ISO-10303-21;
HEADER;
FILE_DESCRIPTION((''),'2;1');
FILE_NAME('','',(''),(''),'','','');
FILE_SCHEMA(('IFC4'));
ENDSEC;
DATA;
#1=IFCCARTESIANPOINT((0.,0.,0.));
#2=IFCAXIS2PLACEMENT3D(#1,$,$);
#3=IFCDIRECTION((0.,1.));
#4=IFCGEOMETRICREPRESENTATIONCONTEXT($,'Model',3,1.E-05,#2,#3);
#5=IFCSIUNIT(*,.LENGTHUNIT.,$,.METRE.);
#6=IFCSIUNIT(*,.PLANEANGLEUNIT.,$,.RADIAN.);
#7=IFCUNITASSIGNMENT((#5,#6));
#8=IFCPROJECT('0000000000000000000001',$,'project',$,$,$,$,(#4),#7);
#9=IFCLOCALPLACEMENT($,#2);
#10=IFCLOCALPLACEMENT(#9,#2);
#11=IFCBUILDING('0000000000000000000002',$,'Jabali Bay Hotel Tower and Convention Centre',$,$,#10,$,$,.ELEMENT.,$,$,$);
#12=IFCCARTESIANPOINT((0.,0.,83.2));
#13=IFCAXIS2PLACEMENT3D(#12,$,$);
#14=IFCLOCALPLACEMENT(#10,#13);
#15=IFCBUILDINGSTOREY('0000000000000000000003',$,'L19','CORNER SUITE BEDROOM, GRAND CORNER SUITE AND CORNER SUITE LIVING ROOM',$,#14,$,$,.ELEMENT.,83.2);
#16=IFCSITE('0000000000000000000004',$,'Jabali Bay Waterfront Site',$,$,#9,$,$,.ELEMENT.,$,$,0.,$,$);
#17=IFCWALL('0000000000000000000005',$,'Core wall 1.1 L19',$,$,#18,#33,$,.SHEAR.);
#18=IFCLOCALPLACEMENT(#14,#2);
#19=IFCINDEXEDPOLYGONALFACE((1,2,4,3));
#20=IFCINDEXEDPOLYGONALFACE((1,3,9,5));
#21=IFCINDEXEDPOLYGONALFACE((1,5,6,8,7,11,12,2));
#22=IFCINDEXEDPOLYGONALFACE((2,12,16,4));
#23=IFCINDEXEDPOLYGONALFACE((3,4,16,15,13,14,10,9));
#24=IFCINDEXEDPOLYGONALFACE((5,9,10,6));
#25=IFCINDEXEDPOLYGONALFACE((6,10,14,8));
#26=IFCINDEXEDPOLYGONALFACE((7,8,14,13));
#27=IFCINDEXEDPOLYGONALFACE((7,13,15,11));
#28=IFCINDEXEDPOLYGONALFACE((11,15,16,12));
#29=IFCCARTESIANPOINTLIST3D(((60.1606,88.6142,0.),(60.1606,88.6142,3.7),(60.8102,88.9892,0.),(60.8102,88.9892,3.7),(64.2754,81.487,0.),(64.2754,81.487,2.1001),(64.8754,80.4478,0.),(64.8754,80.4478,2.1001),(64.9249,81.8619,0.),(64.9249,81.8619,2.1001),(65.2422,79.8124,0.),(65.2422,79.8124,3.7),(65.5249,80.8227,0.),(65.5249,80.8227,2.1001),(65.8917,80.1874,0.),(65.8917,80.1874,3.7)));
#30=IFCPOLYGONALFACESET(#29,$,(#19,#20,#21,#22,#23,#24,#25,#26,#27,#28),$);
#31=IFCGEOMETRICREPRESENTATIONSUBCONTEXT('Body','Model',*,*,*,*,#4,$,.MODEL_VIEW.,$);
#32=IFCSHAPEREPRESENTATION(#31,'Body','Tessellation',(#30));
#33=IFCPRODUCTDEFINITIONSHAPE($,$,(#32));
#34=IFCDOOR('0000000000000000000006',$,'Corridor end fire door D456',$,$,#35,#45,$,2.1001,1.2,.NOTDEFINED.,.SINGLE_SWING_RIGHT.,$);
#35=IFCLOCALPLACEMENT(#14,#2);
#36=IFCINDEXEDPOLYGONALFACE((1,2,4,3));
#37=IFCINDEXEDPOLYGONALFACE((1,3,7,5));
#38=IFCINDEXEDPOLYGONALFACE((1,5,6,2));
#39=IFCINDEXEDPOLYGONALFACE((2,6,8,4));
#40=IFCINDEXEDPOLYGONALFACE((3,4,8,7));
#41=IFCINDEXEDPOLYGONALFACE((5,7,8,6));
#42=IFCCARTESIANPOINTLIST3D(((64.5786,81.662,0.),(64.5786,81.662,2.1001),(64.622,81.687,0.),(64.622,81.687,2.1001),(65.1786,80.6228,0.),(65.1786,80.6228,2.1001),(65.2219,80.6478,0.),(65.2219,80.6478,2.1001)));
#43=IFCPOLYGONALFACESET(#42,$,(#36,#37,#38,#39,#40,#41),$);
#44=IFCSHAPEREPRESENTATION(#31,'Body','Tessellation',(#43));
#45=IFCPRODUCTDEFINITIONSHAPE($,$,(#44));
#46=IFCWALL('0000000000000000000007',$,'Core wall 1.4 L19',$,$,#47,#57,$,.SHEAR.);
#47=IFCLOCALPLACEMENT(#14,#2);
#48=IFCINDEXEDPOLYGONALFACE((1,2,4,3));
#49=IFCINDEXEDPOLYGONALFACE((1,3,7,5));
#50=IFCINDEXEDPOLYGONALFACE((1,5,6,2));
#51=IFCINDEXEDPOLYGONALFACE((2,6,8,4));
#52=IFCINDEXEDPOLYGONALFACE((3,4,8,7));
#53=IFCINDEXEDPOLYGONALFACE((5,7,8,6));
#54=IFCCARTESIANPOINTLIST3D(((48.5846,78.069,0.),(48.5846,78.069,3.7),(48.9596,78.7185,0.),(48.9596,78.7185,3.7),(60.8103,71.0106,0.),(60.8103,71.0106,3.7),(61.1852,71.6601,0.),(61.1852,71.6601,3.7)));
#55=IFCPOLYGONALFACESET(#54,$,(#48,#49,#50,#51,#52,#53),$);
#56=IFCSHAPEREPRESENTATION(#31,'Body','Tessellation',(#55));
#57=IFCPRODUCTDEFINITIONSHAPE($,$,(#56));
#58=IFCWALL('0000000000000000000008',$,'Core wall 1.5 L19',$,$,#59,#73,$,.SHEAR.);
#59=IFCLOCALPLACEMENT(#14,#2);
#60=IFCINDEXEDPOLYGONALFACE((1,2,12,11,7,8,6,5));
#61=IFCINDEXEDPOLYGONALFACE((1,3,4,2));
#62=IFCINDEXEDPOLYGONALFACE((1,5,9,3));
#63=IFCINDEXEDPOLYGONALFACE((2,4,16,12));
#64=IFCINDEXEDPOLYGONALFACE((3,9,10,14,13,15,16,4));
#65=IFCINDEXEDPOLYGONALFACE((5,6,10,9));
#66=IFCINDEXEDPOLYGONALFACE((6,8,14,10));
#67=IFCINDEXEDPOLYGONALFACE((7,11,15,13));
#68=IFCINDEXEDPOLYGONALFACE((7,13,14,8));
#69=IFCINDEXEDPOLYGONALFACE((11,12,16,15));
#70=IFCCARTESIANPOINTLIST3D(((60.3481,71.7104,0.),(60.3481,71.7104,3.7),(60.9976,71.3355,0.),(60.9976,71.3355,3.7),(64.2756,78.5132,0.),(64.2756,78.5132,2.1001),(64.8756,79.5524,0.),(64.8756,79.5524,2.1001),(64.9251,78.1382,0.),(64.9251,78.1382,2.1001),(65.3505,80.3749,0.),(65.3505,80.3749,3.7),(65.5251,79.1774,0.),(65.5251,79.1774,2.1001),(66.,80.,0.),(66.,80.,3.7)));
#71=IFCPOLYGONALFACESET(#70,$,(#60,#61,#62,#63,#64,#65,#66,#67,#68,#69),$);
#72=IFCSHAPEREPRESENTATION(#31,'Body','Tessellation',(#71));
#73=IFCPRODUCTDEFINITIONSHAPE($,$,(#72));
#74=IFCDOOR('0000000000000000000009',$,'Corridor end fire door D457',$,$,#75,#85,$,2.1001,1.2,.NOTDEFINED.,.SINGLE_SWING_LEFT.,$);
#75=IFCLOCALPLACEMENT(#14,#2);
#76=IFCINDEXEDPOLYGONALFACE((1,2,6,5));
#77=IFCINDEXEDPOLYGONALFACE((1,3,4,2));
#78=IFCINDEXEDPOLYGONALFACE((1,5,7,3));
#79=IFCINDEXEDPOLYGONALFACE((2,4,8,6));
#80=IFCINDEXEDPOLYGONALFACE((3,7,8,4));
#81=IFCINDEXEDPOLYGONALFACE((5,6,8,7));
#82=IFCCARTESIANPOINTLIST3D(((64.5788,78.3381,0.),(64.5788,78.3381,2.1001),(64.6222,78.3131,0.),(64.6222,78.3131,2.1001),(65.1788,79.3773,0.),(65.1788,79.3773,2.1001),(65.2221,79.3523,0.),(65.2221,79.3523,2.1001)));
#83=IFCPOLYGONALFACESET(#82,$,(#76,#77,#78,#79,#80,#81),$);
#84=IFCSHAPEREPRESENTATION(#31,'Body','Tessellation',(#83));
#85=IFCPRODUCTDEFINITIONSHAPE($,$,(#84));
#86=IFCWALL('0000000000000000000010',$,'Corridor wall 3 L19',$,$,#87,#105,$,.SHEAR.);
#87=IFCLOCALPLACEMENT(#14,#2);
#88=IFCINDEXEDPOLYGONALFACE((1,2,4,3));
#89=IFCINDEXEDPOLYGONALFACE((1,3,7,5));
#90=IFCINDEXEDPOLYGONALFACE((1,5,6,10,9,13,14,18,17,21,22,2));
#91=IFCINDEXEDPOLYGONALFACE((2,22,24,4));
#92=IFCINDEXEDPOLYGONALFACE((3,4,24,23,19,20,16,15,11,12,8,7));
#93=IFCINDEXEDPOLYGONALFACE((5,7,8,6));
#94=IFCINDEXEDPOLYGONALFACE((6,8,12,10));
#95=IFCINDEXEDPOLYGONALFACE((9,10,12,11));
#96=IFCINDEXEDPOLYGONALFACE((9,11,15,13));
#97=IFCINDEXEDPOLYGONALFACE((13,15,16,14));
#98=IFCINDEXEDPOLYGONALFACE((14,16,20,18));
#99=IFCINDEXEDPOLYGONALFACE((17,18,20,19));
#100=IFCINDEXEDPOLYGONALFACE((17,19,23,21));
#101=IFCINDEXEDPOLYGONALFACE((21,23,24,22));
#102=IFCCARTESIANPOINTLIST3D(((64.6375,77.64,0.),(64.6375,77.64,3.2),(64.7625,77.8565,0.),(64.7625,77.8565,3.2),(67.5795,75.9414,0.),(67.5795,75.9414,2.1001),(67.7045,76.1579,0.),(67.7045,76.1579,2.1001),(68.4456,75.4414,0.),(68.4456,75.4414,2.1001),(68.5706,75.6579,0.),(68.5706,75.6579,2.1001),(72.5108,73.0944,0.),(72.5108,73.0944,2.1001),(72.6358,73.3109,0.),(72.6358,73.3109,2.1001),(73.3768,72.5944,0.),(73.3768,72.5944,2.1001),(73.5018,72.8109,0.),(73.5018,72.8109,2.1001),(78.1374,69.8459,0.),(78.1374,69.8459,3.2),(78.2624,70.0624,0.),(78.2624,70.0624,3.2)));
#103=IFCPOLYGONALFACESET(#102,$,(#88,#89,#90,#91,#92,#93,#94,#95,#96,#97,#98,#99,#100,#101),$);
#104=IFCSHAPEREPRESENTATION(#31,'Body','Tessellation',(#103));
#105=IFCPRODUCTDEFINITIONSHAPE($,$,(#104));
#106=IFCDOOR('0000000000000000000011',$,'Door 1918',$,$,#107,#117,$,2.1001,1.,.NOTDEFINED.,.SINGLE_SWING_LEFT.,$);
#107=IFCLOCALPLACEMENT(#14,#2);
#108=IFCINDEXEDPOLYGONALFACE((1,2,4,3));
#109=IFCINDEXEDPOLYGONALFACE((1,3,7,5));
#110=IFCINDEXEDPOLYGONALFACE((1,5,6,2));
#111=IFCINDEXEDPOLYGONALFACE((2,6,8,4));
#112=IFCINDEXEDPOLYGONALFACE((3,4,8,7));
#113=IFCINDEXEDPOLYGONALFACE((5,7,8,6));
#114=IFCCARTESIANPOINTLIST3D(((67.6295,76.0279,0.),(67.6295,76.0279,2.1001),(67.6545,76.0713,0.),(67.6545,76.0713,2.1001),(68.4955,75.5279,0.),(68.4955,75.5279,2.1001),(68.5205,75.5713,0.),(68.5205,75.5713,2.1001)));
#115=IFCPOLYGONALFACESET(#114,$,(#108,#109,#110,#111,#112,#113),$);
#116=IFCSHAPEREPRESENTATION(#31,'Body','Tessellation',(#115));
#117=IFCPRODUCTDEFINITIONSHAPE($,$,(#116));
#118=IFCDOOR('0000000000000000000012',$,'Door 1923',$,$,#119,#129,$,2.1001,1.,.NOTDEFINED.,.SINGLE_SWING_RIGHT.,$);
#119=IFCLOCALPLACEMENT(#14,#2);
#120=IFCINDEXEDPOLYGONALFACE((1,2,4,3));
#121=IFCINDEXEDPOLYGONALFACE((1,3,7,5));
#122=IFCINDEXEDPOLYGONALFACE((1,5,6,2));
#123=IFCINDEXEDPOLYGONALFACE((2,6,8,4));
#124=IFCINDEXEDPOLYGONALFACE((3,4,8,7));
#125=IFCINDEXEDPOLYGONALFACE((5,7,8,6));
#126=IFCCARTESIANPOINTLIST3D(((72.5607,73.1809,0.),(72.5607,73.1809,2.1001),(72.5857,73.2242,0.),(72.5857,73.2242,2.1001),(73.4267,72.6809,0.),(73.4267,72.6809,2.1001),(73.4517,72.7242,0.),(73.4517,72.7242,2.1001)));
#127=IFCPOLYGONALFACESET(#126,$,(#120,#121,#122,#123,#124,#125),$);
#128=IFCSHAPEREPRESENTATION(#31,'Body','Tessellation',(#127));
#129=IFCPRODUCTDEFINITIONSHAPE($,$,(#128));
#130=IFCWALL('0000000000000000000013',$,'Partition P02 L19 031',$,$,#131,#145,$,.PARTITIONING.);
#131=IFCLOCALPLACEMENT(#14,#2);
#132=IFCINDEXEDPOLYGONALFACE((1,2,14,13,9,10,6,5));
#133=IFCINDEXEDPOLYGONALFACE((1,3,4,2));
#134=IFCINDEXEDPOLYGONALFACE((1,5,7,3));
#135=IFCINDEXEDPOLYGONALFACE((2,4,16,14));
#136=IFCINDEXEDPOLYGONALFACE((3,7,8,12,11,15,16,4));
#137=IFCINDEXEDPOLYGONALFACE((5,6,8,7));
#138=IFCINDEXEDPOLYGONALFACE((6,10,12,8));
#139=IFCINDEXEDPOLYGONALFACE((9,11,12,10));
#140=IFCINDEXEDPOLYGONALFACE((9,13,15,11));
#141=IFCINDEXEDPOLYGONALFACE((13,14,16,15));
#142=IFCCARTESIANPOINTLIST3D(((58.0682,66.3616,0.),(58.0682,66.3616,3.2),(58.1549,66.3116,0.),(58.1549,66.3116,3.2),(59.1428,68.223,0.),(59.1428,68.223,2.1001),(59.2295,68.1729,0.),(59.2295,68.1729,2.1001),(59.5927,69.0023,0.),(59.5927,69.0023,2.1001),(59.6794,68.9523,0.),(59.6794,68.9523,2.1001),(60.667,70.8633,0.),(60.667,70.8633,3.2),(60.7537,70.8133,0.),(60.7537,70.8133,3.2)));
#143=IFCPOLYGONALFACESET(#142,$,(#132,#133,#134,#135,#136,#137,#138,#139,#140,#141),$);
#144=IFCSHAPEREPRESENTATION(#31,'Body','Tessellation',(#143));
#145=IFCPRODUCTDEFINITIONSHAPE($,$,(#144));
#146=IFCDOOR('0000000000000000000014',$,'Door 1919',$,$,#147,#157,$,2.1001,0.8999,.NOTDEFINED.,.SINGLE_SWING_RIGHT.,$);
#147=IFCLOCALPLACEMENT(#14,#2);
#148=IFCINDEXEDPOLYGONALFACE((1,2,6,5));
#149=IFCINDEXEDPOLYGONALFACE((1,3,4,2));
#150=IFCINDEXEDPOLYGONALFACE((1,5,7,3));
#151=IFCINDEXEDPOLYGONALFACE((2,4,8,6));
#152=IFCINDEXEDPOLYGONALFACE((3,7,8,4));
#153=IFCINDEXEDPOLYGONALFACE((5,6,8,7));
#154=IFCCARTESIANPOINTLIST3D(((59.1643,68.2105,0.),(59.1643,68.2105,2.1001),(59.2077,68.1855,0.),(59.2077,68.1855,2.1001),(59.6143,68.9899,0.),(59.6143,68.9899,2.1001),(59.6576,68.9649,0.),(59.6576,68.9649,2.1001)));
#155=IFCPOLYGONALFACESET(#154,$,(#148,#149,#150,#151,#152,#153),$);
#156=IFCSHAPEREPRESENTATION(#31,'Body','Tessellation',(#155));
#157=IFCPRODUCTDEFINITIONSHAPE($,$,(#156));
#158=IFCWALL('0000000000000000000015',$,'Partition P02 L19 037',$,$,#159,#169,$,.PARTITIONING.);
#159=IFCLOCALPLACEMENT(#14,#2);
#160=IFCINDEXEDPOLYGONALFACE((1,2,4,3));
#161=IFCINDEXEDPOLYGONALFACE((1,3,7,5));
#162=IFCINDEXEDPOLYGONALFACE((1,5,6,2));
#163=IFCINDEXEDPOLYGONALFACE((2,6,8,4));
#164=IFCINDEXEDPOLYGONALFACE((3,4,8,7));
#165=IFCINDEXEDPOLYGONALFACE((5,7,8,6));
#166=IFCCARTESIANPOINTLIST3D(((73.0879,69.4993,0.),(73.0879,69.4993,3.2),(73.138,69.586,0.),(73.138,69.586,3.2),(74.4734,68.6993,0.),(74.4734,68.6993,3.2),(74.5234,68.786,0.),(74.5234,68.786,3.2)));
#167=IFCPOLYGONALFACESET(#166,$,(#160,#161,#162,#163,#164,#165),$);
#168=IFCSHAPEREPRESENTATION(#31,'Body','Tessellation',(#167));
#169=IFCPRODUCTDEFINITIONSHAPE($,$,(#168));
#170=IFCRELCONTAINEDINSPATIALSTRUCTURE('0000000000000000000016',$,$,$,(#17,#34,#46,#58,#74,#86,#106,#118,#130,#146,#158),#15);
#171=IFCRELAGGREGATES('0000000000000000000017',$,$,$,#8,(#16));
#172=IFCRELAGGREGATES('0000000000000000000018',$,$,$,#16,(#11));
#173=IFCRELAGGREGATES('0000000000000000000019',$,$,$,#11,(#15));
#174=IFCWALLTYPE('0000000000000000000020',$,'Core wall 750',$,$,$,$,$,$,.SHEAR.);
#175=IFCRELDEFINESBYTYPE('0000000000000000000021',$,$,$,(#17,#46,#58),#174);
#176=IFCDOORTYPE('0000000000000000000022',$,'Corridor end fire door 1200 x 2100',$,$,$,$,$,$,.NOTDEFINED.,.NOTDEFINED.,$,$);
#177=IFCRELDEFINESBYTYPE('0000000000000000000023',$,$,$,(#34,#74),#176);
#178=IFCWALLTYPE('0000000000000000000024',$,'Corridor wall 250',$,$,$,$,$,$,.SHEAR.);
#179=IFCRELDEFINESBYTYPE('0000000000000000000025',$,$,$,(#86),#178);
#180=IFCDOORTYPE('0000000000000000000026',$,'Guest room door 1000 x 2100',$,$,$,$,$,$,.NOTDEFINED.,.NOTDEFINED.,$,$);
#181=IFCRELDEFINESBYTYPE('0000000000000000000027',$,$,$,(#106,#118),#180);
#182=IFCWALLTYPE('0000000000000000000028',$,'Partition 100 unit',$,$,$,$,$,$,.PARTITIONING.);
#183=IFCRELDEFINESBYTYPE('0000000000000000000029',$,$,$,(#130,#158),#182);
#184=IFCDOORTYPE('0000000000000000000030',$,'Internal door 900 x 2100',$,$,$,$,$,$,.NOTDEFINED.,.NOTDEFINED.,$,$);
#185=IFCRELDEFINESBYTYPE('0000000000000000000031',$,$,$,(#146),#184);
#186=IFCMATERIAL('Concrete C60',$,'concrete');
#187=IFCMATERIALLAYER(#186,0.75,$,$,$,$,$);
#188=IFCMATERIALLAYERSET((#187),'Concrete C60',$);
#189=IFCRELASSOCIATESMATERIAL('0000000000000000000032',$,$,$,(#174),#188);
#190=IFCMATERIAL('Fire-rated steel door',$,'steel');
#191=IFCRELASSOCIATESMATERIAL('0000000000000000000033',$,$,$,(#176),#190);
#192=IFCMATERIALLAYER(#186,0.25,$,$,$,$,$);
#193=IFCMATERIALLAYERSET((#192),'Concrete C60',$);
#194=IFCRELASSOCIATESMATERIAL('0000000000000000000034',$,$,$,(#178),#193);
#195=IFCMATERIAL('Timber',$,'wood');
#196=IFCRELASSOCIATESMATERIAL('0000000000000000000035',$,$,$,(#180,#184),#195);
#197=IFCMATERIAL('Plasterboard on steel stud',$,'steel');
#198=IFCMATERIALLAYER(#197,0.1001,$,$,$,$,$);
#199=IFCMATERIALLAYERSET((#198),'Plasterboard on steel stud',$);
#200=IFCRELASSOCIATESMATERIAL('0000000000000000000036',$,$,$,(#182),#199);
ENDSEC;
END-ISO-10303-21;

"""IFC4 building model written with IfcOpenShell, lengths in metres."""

from ifc_helpers import new_model, si_unit, direction, frame, frame_2d, origin, place, context, subcontext, project, spatial, rectangle, extrude, material, layer, layer_set, type_object, element, fill, save


model = new_model("IFC4")

# Units and contexts
model_context = context("Model", 3, precision=1e-05, world=origin(), true_north=direction((0.0, 1.0)))
body_context = subcontext(model_context, "Body", "Model", "MODEL_VIEW")
ifc_project = project(units=[si_unit("LENGTHUNIT", "METRE"), si_unit("PLANEANGLEUNIT", "RADIAN")], contexts=[model_context])

# Site, building, storey
site_placement = place(None, origin())
site = spatial("IfcSite", under=ifc_project, at=site_placement, Name="Jabali Bay Waterfront Site", CompositionType="ELEMENT", RefElevation=0.0)
building_placement = place(site_placement, origin())
building = spatial("IfcBuilding", under=site, at=building_placement, Name="Jabali Bay Hotel Tower and Convention Centre", CompositionType="ELEMENT")
storey_placement = place(building_placement, frame((0.0, 0.0, 83.2)))
storey = spatial("IfcBuildingStorey", under=building, at=storey_placement, Name="L19", Description="CORNER SUITE BEDROOM, GRAND CORNER SUITE AND CORNER SUITE LIVING ROOM", CompositionType="ELEMENT", Elevation=83.2)

# Shared definitions
ifc_material_1 = material(Name="Fire-rated steel door", Category="steel")

# Wall, opening, door
ifc_material_2 = material(Name="Concrete C60", Category="concrete")
ifc_layer_1 = layer(ifc_material_2, 0.75)
ifc_layer_set_1 = layer_set([ifc_layer_1], Name="Concrete C60")
wall_type_1 = type_object("IfcWallType", Name="Core wall 750", PredefinedType="SHEAR", material=ifc_layer_set_1)
wall_1_placement = place(storey_placement, frame((65.5669, 80.0, 0.0), z_axis=(0.0, 0.0, 1.0), x_axis=(-0.499989, 0.866032, 0.0)))
wall_1 = element("IfcWall", 1, at=wall_1_placement, inside=storey, type_object=wall_type_1, Name="Core wall 1.1 L19", PredefinedType="SHEAR", context=body_context, shape_type="SweptSolid", body=[
    extrude(rectangle(XDim=10.1633, YDim=0.75, at=frame_2d((5.0815, 0.0))), origin(), (0.0, 0.0, 1.0), 3.7),
])
opening_1_placement = place(wall_1_placement, frame((0.7334, 0.0, 0.0)))
opening_1 = element("IfcOpeningElement", 2, at=opening_1_placement, cuts=wall_1, PredefinedType="OPENING", context=body_context, shape_type="SweptSolid", body=[
    extrude(rectangle(XDim=1.2, YDim=2.1001, at=frame_2d((0.6001, 1.05))), frame((0.0, 0.3855, 0.0), z_axis=(0.0, -1.0, 0.0), x_axis=(1.0, 0.0, 0.0)), (0.0, 0.0, 1.0), 0.771),
])
door_type_1 = type_object("IfcDoorType", Name="Corridor end fire door 1200 x 2100", OperationType="NOTDEFINED", PredefinedType="NOTDEFINED", material=ifc_material_1)
door_1_placement = place(opening_1_placement, origin())
door_1 = element("IfcDoor", 3, at=door_1_placement, inside=storey, type_object=door_type_1, Name="Corridor end fire door D456", OperationType="SINGLE_SWING_RIGHT", OverallHeight=2.1001, OverallWidth=1.2, PredefinedType="NOTDEFINED", context=body_context, shape_type="SweptSolid", body=[
    extrude(rectangle(XDim=1.2, YDim=2.1001, at=frame_2d((0.6001, 1.05))), frame((0.0, 0.0249, 0.0), z_axis=(0.0, -1.0, 0.0), x_axis=(1.0, 0.0, 0.0)), (0.0, 0.0, 1.0), 0.05),
])
fill(opening_1, door_1)

# Wall
wall_2_placement = place(storey_placement, frame((48.772, 78.3938, 0.0), z_axis=(0.0, 0.0, 1.0), x_axis=(0.866028, -0.499995, 0.0)))
element("IfcWall", 4, at=wall_2_placement, inside=storey, type_object=wall_type_1, Name="Core wall 1.4 L19", PredefinedType="SHEAR", context=body_context, shape_type="SweptSolid", body=[
    extrude(rectangle(XDim=14.1169, YDim=0.75, at=frame_2d((7.0586, 0.0))), origin(), (0.0, 0.0, 1.0), 3.7),
])

# Wall, opening, door
wall_3_placement = place(storey_placement, frame((60.6729, 71.5229, 0.0), z_axis=(0.0, 0.0, 1.0), x_axis=(0.499997, 0.866027, 0.0)))
wall_3 = element("IfcWall", 5, at=wall_3_placement, inside=storey, type_object=wall_type_1, Name="Core wall 1.5 L19", PredefinedType="SHEAR", context=body_context, shape_type="SweptSolid", body=[
    extrude(rectangle(XDim=10.0049, YDim=0.75, at=frame_2d((5.0024, 0.0))), origin(), (0.0, 0.0, 1.0), 3.7),
])
opening_2_placement = place(wall_3_placement, frame((7.855, 0.0, 0.0)))
opening_2 = element("IfcOpeningElement", 6, at=opening_2_placement, cuts=wall_3, PredefinedType="OPENING", context=body_context, shape_type="SweptSolid", body=[
    extrude(rectangle(XDim=1.2, YDim=2.1001, at=frame_2d((0.6001, 1.05))), frame((0.0, 0.3855, 0.0), z_axis=(0.0, -1.0, 0.0), x_axis=(1.0, 0.0, 0.0)), (0.0, 0.0, 1.0), 0.771),
])
door_2_placement = place(opening_2_placement, origin())
door_2 = element("IfcDoor", 7, at=door_2_placement, inside=storey, type_object=door_type_1, Name="Corridor end fire door D457", OperationType="SINGLE_SWING_LEFT", OverallHeight=2.1001, OverallWidth=1.2, PredefinedType="NOTDEFINED", context=body_context, shape_type="SweptSolid", body=[
    extrude(rectangle(XDim=1.2, YDim=2.1001, at=frame_2d((0.6001, 1.05))), frame((0.0, 0.0249, 0.0), z_axis=(0.0, -1.0, 0.0), x_axis=(1.0, 0.0, 0.0)), (0.0, 0.0, 1.0), 0.05),
])
fill(opening_2, door_2)

# Wall, openings, doors
ifc_layer_2 = layer(ifc_material_2, 0.25)
ifc_layer_set_2 = layer_set([ifc_layer_2], Name="Concrete C60")
wall_type_2 = type_object("IfcWallType", Name="Corridor wall 250", PredefinedType="SHEAR", material=ifc_layer_set_2)
wall_4_placement = place(storey_placement, frame((64.7, 77.7483, 0.0), z_axis=(0.0, 0.0, 1.0), x_axis=(0.866026, -0.499998, 0.0)))
wall_4 = element("IfcWall", 8, at=wall_4_placement, inside=storey, type_object=wall_type_2, Name="Corridor wall 3 L19", PredefinedType="SHEAR", context=body_context, shape_type="SweptSolid", body=[
    extrude(rectangle(XDim=15.5884, YDim=0.25, at=frame_2d((7.7942, 0.0))), origin(), (0.0, 0.0, 1.0), 3.2),
])
opening_3_placement = place(wall_4_placement, frame((3.3972, 0.0, 0.0)))
opening_3 = element("IfcOpeningElement", 9, at=opening_3_placement, cuts=wall_4, PredefinedType="OPENING", context=body_context, shape_type="SweptSolid", body=[
    extrude(rectangle(XDim=1.0, YDim=2.1001, at=frame_2d((0.5, 1.05))), frame((0.0, 0.1355, 0.0), z_axis=(0.0, -1.0, 0.0), x_axis=(1.0, 0.0, 0.0)), (0.0, 0.0, 1.0), 0.271),
])
opening_4_placement = place(wall_4_placement, frame((9.0913, 0.0, 0.0)))
opening_4 = element("IfcOpeningElement", 10, at=opening_4_placement, cuts=wall_4, PredefinedType="OPENING", context=body_context, shape_type="SweptSolid", body=[
    extrude(rectangle(XDim=1.0, YDim=2.1001, at=frame_2d((0.5, 1.05))), frame((0.0, 0.1355, 0.0), z_axis=(0.0, -1.0, 0.0), x_axis=(1.0, 0.0, 0.0)), (0.0, 0.0, 1.0), 0.271),
])
ifc_material_3 = material(Name="Timber", Category="wood")
door_type_2 = type_object("IfcDoorType", Name="Guest room door 1000 x 2100", OperationType="NOTDEFINED", PredefinedType="NOTDEFINED", material=ifc_material_3)
door_3_placement = place(opening_3_placement, origin())
door_3 = element("IfcDoor", 11, at=door_3_placement, inside=storey, type_object=door_type_2, Name="Door 1918", OperationType="SINGLE_SWING_LEFT", OverallHeight=2.1001, OverallWidth=1.0, PredefinedType="NOTDEFINED", context=body_context, shape_type="SweptSolid", body=[
    extrude(rectangle(XDim=1.0, YDim=2.1001, at=frame_2d((0.5, 1.05))), frame((0.0, 0.0249, 0.0), z_axis=(0.0, -1.0, 0.0), x_axis=(1.0, 0.0, 0.0)), (0.0, 0.0, 1.0), 0.05),
])
fill(opening_3, door_3)
door_4_placement = place(opening_4_placement, origin())
door_4 = element("IfcDoor", 12, at=door_4_placement, inside=storey, type_object=door_type_2, Name="Door 1923", OperationType="SINGLE_SWING_RIGHT", OverallHeight=2.1001, OverallWidth=1.0, PredefinedType="NOTDEFINED", context=body_context, shape_type="SweptSolid", body=[
    extrude(rectangle(XDim=1.0, YDim=2.1001, at=frame_2d((0.5, 1.05))), frame((0.0, 0.0249, 0.0), z_axis=(0.0, -1.0, 0.0), x_axis=(1.0, 0.0, 0.0)), (0.0, 0.0, 1.0), 0.05),
])
fill(opening_4, door_4)

# Wall, opening, door
ifc_material_4 = material(Name="Plasterboard on steel stud", Category="steel")
ifc_layer_3 = layer(ifc_material_4, 0.1001)
ifc_layer_set_3 = layer_set([ifc_layer_3], Name="Plasterboard on steel stud")
wall_type_3 = type_object("IfcWallType", Name="Partition 100 unit", PredefinedType="PARTITIONING", material=ifc_layer_set_3)
wall_5_placement = place(storey_placement, frame((60.7104, 70.8384, 0.0), z_axis=(0.0, 0.0, 1.0), x_axis=(-0.499973, -0.866041, 0.0)))
wall_5 = element("IfcWall", 13, at=wall_5_placement, inside=storey, type_object=wall_type_3, Name="Partition P02 L19 031", PredefinedType="PARTITIONING", context=body_context, shape_type="SweptSolid", body=[
    extrude(rectangle(XDim=5.198, YDim=0.1001, at=frame_2d((2.5991, 0.0))), origin(), (0.0, 0.0, 1.0), 3.2),
])
opening_5_placement = place(wall_5_placement, frame((2.1489, 0.0, 0.0)))
opening_5 = element("IfcOpeningElement", 14, at=opening_5_placement, cuts=wall_5, PredefinedType="OPENING", context=body_context, shape_type="SweptSolid", body=[
    extrude(rectangle(XDim=0.8999, YDim=2.1001, at=frame_2d((0.45, 1.05))), frame((0.0, 0.0605, 0.0), z_axis=(0.0, -1.0, 0.0), x_axis=(1.0, 0.0, 0.0)), (0.0, 0.0, 1.0), 0.1211),
])
door_type_3 = type_object("IfcDoorType", Name="Internal door 900 x 2100", OperationType="NOTDEFINED", PredefinedType="NOTDEFINED", material=ifc_material_3)
door_5_placement = place(opening_5_placement, origin())
door_5 = element("IfcDoor", 15, at=door_5_placement, inside=storey, type_object=door_type_3, Name="Door 1919", OperationType="SINGLE_SWING_RIGHT", OverallHeight=2.1001, OverallWidth=0.8999, PredefinedType="NOTDEFINED", context=body_context, shape_type="SweptSolid", body=[
    extrude(rectangle(XDim=0.8999, YDim=2.1001, at=frame_2d((0.45, 1.05))), frame((0.0, 0.0249, 0.0), z_axis=(0.0, -1.0, 0.0), x_axis=(1.0, 0.0, 0.0)), (0.0, 0.0, 1.0), 0.05),
])
fill(opening_5, door_5)

# Wall
wall_6_placement = place(storey_placement, frame((74.4983, 68.7427, 0.0), z_axis=(0.0, 0.0, 1.0), x_axis=(-0.86599, 0.500061, 0.0)))
element("IfcWall", 16, at=wall_6_placement, inside=storey, type_object=wall_type_3, Name="Partition P02 L19 037", PredefinedType="PARTITIONING", context=body_context, shape_type="SweptSolid", body=[
    extrude(rectangle(XDim=1.5999, YDim=0.1001, at=frame_2d((0.7998, 0.0))), origin(), (0.0, 0.0, 1.0), 3.2),
])

save(model, "model.ifc")
